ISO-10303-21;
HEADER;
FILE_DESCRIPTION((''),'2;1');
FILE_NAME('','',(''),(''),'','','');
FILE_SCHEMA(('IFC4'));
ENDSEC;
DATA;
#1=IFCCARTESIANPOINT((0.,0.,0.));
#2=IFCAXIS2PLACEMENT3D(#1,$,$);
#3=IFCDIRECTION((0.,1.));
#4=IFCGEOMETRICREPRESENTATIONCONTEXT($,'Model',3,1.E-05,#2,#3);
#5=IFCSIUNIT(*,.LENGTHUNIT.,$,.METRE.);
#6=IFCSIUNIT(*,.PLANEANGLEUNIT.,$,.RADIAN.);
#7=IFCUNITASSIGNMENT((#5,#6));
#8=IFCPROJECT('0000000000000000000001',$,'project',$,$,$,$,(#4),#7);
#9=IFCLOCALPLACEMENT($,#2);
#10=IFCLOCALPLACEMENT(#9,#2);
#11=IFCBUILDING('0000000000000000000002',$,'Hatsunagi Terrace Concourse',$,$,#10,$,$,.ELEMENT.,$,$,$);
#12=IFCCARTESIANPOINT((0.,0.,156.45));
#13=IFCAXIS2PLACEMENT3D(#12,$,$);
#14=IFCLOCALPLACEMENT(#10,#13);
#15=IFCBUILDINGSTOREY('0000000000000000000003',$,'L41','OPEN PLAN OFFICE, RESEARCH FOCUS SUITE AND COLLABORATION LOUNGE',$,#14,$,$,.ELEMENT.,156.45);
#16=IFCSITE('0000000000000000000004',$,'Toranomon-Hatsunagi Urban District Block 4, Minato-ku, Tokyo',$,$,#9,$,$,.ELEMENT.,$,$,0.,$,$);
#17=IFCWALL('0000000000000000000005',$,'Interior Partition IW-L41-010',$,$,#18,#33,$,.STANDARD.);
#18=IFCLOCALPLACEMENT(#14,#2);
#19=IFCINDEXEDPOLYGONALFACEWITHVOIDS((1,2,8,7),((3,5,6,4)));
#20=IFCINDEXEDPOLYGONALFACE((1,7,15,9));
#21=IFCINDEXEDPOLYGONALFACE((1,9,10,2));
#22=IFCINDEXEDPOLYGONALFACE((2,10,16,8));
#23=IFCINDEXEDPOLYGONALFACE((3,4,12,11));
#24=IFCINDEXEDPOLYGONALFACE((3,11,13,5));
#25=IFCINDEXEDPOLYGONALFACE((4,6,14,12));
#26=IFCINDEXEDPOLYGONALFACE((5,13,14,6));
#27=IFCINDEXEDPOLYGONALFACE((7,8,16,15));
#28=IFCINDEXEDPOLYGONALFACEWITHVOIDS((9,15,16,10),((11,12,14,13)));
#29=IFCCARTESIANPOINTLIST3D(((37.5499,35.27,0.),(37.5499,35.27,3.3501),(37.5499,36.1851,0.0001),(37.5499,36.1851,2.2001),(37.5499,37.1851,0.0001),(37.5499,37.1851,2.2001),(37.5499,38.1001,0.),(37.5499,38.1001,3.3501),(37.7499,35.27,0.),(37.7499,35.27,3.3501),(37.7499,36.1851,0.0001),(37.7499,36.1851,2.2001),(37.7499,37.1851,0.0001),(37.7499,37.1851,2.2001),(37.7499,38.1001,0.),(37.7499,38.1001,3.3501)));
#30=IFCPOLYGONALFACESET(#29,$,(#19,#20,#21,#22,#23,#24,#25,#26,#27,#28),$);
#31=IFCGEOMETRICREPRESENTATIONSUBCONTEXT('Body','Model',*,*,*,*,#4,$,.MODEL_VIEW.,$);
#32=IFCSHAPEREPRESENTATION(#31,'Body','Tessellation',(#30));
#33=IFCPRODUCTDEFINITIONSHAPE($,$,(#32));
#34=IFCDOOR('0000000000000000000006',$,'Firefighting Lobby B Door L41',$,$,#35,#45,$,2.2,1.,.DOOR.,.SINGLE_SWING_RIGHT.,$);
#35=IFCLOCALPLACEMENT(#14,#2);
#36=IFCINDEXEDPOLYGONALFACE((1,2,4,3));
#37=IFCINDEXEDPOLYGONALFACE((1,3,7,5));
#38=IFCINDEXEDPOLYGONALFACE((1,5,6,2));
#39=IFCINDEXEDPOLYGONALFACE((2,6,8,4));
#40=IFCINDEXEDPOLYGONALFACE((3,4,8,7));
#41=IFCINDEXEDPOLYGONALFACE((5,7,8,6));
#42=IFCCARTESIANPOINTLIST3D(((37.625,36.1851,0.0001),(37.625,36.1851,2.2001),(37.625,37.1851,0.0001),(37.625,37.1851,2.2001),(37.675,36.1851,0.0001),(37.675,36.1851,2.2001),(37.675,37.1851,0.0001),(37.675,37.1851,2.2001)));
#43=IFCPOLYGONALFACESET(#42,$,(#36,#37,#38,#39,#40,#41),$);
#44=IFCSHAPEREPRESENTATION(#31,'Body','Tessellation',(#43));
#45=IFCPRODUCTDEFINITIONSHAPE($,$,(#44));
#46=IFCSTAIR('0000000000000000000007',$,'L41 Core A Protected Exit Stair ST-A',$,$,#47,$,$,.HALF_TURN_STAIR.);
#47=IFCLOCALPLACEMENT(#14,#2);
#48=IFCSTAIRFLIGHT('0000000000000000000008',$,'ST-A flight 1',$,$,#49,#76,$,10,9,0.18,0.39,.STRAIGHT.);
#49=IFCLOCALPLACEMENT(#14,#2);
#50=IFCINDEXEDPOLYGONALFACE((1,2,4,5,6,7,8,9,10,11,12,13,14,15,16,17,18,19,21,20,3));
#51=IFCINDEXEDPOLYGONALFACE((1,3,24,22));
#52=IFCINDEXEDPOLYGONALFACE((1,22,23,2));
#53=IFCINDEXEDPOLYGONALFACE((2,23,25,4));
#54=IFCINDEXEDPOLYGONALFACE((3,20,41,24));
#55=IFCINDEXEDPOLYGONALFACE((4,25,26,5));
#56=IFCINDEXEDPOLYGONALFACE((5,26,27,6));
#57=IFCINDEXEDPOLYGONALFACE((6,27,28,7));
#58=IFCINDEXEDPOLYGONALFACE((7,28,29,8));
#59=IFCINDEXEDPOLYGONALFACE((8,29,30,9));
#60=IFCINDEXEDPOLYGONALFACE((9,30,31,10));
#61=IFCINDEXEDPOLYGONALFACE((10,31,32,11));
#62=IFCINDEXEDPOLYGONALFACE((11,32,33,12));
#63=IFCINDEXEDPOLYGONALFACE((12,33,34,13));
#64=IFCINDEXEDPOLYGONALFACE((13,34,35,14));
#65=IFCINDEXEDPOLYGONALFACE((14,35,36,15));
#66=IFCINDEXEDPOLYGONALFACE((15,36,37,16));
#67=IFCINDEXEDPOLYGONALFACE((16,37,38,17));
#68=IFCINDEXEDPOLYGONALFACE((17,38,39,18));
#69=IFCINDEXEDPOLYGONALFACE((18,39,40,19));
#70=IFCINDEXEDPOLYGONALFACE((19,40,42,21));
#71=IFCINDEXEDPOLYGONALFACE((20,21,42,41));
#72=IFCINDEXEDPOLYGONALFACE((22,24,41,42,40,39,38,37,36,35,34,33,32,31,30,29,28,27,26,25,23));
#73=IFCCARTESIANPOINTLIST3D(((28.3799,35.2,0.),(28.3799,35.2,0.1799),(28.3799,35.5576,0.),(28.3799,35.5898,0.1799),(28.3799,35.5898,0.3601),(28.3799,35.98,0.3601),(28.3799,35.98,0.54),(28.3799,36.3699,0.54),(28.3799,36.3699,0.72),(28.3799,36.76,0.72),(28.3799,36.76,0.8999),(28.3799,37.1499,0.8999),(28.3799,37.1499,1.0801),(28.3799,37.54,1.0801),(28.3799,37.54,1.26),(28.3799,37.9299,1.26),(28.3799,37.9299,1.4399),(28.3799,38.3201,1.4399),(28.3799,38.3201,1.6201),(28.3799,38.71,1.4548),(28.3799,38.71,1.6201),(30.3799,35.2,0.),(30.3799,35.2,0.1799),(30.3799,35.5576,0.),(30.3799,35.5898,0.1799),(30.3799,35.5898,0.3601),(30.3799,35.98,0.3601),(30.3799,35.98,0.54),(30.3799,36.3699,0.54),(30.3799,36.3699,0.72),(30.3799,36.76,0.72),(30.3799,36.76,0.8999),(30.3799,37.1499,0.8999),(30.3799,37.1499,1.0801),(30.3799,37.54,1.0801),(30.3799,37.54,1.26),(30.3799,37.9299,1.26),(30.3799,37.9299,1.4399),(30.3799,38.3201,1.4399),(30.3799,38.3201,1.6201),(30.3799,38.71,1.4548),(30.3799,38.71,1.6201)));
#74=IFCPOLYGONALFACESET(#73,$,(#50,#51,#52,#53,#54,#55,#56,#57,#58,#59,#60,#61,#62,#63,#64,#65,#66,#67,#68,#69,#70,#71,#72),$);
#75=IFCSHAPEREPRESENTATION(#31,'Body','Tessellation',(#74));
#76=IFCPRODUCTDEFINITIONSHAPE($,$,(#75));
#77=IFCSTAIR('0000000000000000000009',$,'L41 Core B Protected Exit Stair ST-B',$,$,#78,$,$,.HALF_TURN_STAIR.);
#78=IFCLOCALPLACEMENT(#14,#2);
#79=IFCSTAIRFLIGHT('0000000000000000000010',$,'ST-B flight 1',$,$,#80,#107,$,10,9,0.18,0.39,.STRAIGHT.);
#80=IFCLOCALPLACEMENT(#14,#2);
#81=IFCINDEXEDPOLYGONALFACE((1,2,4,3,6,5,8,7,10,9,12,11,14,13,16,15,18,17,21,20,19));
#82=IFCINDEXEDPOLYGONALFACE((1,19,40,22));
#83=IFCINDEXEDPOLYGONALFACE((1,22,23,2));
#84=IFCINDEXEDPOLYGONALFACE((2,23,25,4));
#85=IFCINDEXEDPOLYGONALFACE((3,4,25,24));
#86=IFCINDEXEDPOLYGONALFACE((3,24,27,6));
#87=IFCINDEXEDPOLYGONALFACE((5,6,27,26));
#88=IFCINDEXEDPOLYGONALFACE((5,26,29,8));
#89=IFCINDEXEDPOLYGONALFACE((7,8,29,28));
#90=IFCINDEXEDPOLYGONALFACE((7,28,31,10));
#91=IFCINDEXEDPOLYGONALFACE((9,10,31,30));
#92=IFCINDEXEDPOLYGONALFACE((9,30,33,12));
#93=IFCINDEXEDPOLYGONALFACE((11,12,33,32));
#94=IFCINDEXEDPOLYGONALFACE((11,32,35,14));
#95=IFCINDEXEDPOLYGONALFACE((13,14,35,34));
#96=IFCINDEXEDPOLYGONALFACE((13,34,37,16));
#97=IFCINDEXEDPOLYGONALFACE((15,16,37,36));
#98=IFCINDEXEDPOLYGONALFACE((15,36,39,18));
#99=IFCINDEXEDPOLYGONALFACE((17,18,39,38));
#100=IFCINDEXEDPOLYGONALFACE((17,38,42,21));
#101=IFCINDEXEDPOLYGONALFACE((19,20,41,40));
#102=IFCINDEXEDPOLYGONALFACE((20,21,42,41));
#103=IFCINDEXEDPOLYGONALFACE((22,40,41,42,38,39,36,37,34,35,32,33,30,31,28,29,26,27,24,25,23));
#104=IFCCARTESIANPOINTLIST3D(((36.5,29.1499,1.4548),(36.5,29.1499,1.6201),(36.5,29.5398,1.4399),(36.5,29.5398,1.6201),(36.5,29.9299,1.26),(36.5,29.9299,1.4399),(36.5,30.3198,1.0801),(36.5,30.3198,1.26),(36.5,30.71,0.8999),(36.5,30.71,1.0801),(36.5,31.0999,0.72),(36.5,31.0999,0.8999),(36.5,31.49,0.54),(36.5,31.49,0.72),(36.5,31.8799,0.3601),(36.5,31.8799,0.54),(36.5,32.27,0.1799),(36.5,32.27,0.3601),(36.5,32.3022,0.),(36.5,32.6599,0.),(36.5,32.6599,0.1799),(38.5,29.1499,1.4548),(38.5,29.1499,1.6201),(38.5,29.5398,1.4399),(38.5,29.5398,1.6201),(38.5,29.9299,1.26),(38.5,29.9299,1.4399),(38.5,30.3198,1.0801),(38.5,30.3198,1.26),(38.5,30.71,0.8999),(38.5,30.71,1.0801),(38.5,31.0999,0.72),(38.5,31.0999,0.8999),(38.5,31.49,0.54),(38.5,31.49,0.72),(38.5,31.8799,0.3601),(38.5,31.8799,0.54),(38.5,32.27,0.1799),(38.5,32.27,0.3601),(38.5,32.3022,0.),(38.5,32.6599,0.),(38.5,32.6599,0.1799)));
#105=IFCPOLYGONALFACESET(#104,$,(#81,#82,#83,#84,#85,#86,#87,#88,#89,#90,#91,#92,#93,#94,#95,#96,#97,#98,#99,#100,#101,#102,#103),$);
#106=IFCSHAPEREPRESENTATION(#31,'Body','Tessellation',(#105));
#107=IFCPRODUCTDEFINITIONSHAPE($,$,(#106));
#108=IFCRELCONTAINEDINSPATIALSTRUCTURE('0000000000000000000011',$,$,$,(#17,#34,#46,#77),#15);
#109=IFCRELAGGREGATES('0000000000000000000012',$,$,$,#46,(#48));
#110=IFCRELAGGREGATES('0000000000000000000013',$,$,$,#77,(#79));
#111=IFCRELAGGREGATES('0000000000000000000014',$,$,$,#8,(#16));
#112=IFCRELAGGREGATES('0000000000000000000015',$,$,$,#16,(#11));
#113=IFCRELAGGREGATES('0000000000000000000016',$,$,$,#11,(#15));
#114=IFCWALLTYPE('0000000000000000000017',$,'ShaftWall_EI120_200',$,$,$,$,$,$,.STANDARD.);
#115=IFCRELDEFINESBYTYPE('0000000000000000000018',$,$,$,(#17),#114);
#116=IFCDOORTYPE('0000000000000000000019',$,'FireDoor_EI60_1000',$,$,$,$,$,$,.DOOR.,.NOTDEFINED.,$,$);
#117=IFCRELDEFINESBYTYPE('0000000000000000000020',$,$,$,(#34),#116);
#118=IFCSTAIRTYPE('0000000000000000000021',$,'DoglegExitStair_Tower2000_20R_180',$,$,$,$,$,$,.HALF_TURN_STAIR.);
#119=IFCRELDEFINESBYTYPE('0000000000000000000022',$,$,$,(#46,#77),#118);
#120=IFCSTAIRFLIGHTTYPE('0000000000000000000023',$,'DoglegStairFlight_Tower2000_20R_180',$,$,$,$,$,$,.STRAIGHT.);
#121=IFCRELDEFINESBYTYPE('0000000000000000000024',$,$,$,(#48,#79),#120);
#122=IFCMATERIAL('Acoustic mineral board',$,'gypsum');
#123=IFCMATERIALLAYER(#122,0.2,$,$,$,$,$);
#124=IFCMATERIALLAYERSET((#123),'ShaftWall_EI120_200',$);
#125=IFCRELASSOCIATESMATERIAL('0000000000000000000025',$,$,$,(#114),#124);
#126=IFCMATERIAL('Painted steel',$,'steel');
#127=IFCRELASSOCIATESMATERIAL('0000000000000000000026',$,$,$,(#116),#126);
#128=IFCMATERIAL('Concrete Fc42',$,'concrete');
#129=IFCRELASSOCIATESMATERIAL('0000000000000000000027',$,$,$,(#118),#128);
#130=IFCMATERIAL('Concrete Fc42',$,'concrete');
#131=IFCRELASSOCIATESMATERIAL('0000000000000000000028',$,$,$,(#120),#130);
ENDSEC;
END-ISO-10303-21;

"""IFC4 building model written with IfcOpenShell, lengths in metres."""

from ifc_helpers import new_model, si_unit, direction, frame, frame_2d, origin, place, context, subcontext, project, spatial, polyline, rectangle, outline, extrude, material, layer, layer_set, type_object, element, fill, aggregate, save


model = new_model("IFC4")

# Units and contexts
model_context = context("Model", 3, precision=1e-05, world=origin(), true_north=direction((0.0, 1.0)))
body_context = subcontext(model_context, "Body", "Model", "MODEL_VIEW")
ifc_project = project(units=[si_unit("LENGTHUNIT", "METRE"), si_unit("PLANEANGLEUNIT", "RADIAN")], contexts=[model_context])

# Site, building, storey
site_placement = place(None, origin())
site = spatial("IfcSite", under=ifc_project, at=site_placement, Name="Toranomon-Hatsunagi Urban District Block 4, Minato-ku, Tokyo", CompositionType="ELEMENT", RefElevation=0.0)
building_placement = place(site_placement, origin())
building = spatial("IfcBuilding", under=site, at=building_placement, Name="Hatsunagi Terrace Concourse", CompositionType="ELEMENT")
storey_placement = place(building_placement, frame((0.0, 0.0, 156.45)))
storey = spatial("IfcBuildingStorey", under=building, at=storey_placement, Name="L41", Description="OPEN PLAN OFFICE, RESEARCH FOCUS SUITE AND COLLABORATION LOUNGE", CompositionType="ELEMENT", Elevation=156.45)

# Wall, opening, door
ifc_material_1 = material(Name="Acoustic mineral board", Category="gypsum")
ifc_layer_1 = layer(ifc_material_1, 0.2)
ifc_layer_set_1 = layer_set([ifc_layer_1], Name="ShaftWall_EI120_200")
wall_type_1 = type_object("IfcWallType", Name="ShaftWall_EI120_200", PredefinedType="STANDARD", material=ifc_layer_set_1)
ifc_material_2 = material(Name="Painted steel", Category="steel")
door_type_1 = type_object("IfcDoorType", Name="FireDoor_EI60_1000", OperationType="NOTDEFINED", PredefinedType="DOOR", material=ifc_material_2)
wall_1_placement = place(storey_placement, frame((37.6499, 35.27, 0.0), z_axis=(0.0, 0.0, 1.0), x_axis=(0.0, 1.0, 0.0)))
wall_1 = element("IfcWall", 1, at=wall_1_placement, inside=storey, type_object=wall_type_1, Name="Interior Partition IW-L41-010", PredefinedType="STANDARD", context=body_context, shape_type="SweptSolid", body=[
    extrude(rectangle(XDim=2.8301, YDim=0.2, at=frame_2d((1.415, 0.0))), origin(), (0.0, 0.0, 1.0), 3.3501),
])
opening_1_placement = place(wall_1_placement, frame((0.915, 0.0, 0.0)))
opening_1 = element("IfcOpeningElement", 2, at=opening_1_placement, cuts=wall_1, PredefinedType="OPENING", context=body_context, shape_type="SweptSolid", body=[
    extrude(rectangle(XDim=1.0, YDim=2.2, at=frame_2d((0.5, 1.1001))), frame((0.0, 0.1099, 0.0), z_axis=(0.0, -1.0, 0.0), x_axis=(1.0, 0.0, 0.0)), (0.0, 0.0, 1.0), 0.22),
])
door_1_placement = place(opening_1_placement, origin())
door_1 = element("IfcDoor", 3, at=door_1_placement, inside=storey, type_object=door_type_1, Name="Firefighting Lobby B Door L41", OperationType="SINGLE_SWING_RIGHT", OverallHeight=2.2, OverallWidth=1.0, PredefinedType="DOOR", context=body_context, shape_type="SweptSolid", body=[
    extrude(rectangle(XDim=1.0, YDim=2.2, at=frame_2d((0.5, 1.1001))), frame((0.0, 0.0249, 0.0), z_axis=(0.0, -1.0, 0.0), x_axis=(1.0, 0.0, 0.0)), (0.0, 0.0, 1.0), 0.05),
])
fill(opening_1, door_1)

# Stairs, stair flights
ifc_material_3 = material(Name="Concrete Fc42", Category="concrete")
stair_type = type_object("IfcStairType", Name="DoglegExitStair_Tower2000_20R_180", PredefinedType="HALF_TURN_STAIR", material=ifc_material_3)
stair_1_placement = place(storey_placement, origin())
stair_1 = element("IfcStair", 4, at=stair_1_placement, inside=storey, type_object=stair_type, Name="L41 Core A Protected Exit Stair ST-A", PredefinedType="HALF_TURN_STAIR")
ifc_material_4 = material(Name="Concrete Fc42", Category="concrete")
stair_flight_type = type_object("IfcStairFlightType", Name="DoglegStairFlight_Tower2000_20R_180", PredefinedType="STRAIGHT", material=ifc_material_4)
stair_flight_1_placement = place(storey_placement, frame((29.3799, 35.2, 0.0), z_axis=(0.0, 0.0, 1.0), x_axis=(0.0, 1.0, 0.0)))
stair_flight_1 = element("IfcStairFlight", 5, at=stair_flight_1_placement, type_object=stair_flight_type, Name="ST-A flight 1", NumberOfRisers=10, NumberOfTreads=9, PredefinedType="STRAIGHT", RiserHeight=0.18, TreadLength=0.39, context=body_context, shape_type="SweptSolid", body=[
    extrude(outline(polyline([(0.0, 0.0), (0.0, 0.1799), (0.3899, 0.1799), (0.3899, 0.3601), (0.78, 0.3601), (0.78, 0.54), (1.1699, 0.54), (1.1699, 0.72), (1.5601, 0.72), (1.5601, 0.8999), (1.95, 0.8999), (1.95, 1.0801), (2.3401, 1.0801), (2.3401, 1.26), (2.73, 1.26), (2.73, 1.4399), (3.1201, 1.4399), (3.1201, 1.6201), (3.51, 1.6201), (3.51, 1.8), (3.51, 1.4548), (0.3577, 0.0), (0.0, 0.0)])), frame((0.0, 1.0, 0.0), z_axis=(0.0, -1.0, 0.0), x_axis=(1.0, 0.0, 0.0)), (0.0, 0.0, 1.0), 2.0),
])
aggregate(stair_1, [stair_flight_1])
stair_2_placement = place(storey_placement, origin())
stair_2 = element("IfcStair", 6, at=stair_2_placement, inside=storey, type_object=stair_type, Name="L41 Core B Protected Exit Stair ST-B", PredefinedType="HALF_TURN_STAIR")
stair_flight_2_placement = place(storey_placement, frame((37.5, 32.6599, 0.0), z_axis=(0.0, 0.0, 1.0), x_axis=(0.0, -1.0, 0.0)))
stair_flight_2 = element("IfcStairFlight", 7, at=stair_flight_2_placement, type_object=stair_flight_type, Name="ST-B flight 1", NumberOfRisers=10, NumberOfTreads=9, PredefinedType="STRAIGHT", RiserHeight=0.18, TreadLength=0.39, context=body_context, shape_type="SweptSolid", body=[
    extrude(outline(polyline([(0.0, 0.0), (0.0, 0.1799), (0.3899, 0.1799), (0.3899, 0.3601), (0.78, 0.3601), (0.78, 0.54), (1.1699, 0.54), (1.1699, 0.72), (1.5601, 0.72), (1.5601, 0.8999), (1.95, 0.8999), (1.95, 1.0801), (2.3401, 1.0801), (2.3401, 1.26), (2.73, 1.26), (2.73, 1.4399), (3.1201, 1.4399), (3.1201, 1.6201), (3.51, 1.6201), (3.51, 1.8), (3.51, 1.4548), (0.3577, 0.0), (0.0, 0.0)])), frame((0.0, 1.0, 0.0), z_axis=(0.0, -1.0, 0.0), x_axis=(1.0, 0.0, 0.0)), (0.0, 0.0, 1.0), 2.0),
])
aggregate(stair_2, [stair_flight_2])

save(model, "model.ifc")
